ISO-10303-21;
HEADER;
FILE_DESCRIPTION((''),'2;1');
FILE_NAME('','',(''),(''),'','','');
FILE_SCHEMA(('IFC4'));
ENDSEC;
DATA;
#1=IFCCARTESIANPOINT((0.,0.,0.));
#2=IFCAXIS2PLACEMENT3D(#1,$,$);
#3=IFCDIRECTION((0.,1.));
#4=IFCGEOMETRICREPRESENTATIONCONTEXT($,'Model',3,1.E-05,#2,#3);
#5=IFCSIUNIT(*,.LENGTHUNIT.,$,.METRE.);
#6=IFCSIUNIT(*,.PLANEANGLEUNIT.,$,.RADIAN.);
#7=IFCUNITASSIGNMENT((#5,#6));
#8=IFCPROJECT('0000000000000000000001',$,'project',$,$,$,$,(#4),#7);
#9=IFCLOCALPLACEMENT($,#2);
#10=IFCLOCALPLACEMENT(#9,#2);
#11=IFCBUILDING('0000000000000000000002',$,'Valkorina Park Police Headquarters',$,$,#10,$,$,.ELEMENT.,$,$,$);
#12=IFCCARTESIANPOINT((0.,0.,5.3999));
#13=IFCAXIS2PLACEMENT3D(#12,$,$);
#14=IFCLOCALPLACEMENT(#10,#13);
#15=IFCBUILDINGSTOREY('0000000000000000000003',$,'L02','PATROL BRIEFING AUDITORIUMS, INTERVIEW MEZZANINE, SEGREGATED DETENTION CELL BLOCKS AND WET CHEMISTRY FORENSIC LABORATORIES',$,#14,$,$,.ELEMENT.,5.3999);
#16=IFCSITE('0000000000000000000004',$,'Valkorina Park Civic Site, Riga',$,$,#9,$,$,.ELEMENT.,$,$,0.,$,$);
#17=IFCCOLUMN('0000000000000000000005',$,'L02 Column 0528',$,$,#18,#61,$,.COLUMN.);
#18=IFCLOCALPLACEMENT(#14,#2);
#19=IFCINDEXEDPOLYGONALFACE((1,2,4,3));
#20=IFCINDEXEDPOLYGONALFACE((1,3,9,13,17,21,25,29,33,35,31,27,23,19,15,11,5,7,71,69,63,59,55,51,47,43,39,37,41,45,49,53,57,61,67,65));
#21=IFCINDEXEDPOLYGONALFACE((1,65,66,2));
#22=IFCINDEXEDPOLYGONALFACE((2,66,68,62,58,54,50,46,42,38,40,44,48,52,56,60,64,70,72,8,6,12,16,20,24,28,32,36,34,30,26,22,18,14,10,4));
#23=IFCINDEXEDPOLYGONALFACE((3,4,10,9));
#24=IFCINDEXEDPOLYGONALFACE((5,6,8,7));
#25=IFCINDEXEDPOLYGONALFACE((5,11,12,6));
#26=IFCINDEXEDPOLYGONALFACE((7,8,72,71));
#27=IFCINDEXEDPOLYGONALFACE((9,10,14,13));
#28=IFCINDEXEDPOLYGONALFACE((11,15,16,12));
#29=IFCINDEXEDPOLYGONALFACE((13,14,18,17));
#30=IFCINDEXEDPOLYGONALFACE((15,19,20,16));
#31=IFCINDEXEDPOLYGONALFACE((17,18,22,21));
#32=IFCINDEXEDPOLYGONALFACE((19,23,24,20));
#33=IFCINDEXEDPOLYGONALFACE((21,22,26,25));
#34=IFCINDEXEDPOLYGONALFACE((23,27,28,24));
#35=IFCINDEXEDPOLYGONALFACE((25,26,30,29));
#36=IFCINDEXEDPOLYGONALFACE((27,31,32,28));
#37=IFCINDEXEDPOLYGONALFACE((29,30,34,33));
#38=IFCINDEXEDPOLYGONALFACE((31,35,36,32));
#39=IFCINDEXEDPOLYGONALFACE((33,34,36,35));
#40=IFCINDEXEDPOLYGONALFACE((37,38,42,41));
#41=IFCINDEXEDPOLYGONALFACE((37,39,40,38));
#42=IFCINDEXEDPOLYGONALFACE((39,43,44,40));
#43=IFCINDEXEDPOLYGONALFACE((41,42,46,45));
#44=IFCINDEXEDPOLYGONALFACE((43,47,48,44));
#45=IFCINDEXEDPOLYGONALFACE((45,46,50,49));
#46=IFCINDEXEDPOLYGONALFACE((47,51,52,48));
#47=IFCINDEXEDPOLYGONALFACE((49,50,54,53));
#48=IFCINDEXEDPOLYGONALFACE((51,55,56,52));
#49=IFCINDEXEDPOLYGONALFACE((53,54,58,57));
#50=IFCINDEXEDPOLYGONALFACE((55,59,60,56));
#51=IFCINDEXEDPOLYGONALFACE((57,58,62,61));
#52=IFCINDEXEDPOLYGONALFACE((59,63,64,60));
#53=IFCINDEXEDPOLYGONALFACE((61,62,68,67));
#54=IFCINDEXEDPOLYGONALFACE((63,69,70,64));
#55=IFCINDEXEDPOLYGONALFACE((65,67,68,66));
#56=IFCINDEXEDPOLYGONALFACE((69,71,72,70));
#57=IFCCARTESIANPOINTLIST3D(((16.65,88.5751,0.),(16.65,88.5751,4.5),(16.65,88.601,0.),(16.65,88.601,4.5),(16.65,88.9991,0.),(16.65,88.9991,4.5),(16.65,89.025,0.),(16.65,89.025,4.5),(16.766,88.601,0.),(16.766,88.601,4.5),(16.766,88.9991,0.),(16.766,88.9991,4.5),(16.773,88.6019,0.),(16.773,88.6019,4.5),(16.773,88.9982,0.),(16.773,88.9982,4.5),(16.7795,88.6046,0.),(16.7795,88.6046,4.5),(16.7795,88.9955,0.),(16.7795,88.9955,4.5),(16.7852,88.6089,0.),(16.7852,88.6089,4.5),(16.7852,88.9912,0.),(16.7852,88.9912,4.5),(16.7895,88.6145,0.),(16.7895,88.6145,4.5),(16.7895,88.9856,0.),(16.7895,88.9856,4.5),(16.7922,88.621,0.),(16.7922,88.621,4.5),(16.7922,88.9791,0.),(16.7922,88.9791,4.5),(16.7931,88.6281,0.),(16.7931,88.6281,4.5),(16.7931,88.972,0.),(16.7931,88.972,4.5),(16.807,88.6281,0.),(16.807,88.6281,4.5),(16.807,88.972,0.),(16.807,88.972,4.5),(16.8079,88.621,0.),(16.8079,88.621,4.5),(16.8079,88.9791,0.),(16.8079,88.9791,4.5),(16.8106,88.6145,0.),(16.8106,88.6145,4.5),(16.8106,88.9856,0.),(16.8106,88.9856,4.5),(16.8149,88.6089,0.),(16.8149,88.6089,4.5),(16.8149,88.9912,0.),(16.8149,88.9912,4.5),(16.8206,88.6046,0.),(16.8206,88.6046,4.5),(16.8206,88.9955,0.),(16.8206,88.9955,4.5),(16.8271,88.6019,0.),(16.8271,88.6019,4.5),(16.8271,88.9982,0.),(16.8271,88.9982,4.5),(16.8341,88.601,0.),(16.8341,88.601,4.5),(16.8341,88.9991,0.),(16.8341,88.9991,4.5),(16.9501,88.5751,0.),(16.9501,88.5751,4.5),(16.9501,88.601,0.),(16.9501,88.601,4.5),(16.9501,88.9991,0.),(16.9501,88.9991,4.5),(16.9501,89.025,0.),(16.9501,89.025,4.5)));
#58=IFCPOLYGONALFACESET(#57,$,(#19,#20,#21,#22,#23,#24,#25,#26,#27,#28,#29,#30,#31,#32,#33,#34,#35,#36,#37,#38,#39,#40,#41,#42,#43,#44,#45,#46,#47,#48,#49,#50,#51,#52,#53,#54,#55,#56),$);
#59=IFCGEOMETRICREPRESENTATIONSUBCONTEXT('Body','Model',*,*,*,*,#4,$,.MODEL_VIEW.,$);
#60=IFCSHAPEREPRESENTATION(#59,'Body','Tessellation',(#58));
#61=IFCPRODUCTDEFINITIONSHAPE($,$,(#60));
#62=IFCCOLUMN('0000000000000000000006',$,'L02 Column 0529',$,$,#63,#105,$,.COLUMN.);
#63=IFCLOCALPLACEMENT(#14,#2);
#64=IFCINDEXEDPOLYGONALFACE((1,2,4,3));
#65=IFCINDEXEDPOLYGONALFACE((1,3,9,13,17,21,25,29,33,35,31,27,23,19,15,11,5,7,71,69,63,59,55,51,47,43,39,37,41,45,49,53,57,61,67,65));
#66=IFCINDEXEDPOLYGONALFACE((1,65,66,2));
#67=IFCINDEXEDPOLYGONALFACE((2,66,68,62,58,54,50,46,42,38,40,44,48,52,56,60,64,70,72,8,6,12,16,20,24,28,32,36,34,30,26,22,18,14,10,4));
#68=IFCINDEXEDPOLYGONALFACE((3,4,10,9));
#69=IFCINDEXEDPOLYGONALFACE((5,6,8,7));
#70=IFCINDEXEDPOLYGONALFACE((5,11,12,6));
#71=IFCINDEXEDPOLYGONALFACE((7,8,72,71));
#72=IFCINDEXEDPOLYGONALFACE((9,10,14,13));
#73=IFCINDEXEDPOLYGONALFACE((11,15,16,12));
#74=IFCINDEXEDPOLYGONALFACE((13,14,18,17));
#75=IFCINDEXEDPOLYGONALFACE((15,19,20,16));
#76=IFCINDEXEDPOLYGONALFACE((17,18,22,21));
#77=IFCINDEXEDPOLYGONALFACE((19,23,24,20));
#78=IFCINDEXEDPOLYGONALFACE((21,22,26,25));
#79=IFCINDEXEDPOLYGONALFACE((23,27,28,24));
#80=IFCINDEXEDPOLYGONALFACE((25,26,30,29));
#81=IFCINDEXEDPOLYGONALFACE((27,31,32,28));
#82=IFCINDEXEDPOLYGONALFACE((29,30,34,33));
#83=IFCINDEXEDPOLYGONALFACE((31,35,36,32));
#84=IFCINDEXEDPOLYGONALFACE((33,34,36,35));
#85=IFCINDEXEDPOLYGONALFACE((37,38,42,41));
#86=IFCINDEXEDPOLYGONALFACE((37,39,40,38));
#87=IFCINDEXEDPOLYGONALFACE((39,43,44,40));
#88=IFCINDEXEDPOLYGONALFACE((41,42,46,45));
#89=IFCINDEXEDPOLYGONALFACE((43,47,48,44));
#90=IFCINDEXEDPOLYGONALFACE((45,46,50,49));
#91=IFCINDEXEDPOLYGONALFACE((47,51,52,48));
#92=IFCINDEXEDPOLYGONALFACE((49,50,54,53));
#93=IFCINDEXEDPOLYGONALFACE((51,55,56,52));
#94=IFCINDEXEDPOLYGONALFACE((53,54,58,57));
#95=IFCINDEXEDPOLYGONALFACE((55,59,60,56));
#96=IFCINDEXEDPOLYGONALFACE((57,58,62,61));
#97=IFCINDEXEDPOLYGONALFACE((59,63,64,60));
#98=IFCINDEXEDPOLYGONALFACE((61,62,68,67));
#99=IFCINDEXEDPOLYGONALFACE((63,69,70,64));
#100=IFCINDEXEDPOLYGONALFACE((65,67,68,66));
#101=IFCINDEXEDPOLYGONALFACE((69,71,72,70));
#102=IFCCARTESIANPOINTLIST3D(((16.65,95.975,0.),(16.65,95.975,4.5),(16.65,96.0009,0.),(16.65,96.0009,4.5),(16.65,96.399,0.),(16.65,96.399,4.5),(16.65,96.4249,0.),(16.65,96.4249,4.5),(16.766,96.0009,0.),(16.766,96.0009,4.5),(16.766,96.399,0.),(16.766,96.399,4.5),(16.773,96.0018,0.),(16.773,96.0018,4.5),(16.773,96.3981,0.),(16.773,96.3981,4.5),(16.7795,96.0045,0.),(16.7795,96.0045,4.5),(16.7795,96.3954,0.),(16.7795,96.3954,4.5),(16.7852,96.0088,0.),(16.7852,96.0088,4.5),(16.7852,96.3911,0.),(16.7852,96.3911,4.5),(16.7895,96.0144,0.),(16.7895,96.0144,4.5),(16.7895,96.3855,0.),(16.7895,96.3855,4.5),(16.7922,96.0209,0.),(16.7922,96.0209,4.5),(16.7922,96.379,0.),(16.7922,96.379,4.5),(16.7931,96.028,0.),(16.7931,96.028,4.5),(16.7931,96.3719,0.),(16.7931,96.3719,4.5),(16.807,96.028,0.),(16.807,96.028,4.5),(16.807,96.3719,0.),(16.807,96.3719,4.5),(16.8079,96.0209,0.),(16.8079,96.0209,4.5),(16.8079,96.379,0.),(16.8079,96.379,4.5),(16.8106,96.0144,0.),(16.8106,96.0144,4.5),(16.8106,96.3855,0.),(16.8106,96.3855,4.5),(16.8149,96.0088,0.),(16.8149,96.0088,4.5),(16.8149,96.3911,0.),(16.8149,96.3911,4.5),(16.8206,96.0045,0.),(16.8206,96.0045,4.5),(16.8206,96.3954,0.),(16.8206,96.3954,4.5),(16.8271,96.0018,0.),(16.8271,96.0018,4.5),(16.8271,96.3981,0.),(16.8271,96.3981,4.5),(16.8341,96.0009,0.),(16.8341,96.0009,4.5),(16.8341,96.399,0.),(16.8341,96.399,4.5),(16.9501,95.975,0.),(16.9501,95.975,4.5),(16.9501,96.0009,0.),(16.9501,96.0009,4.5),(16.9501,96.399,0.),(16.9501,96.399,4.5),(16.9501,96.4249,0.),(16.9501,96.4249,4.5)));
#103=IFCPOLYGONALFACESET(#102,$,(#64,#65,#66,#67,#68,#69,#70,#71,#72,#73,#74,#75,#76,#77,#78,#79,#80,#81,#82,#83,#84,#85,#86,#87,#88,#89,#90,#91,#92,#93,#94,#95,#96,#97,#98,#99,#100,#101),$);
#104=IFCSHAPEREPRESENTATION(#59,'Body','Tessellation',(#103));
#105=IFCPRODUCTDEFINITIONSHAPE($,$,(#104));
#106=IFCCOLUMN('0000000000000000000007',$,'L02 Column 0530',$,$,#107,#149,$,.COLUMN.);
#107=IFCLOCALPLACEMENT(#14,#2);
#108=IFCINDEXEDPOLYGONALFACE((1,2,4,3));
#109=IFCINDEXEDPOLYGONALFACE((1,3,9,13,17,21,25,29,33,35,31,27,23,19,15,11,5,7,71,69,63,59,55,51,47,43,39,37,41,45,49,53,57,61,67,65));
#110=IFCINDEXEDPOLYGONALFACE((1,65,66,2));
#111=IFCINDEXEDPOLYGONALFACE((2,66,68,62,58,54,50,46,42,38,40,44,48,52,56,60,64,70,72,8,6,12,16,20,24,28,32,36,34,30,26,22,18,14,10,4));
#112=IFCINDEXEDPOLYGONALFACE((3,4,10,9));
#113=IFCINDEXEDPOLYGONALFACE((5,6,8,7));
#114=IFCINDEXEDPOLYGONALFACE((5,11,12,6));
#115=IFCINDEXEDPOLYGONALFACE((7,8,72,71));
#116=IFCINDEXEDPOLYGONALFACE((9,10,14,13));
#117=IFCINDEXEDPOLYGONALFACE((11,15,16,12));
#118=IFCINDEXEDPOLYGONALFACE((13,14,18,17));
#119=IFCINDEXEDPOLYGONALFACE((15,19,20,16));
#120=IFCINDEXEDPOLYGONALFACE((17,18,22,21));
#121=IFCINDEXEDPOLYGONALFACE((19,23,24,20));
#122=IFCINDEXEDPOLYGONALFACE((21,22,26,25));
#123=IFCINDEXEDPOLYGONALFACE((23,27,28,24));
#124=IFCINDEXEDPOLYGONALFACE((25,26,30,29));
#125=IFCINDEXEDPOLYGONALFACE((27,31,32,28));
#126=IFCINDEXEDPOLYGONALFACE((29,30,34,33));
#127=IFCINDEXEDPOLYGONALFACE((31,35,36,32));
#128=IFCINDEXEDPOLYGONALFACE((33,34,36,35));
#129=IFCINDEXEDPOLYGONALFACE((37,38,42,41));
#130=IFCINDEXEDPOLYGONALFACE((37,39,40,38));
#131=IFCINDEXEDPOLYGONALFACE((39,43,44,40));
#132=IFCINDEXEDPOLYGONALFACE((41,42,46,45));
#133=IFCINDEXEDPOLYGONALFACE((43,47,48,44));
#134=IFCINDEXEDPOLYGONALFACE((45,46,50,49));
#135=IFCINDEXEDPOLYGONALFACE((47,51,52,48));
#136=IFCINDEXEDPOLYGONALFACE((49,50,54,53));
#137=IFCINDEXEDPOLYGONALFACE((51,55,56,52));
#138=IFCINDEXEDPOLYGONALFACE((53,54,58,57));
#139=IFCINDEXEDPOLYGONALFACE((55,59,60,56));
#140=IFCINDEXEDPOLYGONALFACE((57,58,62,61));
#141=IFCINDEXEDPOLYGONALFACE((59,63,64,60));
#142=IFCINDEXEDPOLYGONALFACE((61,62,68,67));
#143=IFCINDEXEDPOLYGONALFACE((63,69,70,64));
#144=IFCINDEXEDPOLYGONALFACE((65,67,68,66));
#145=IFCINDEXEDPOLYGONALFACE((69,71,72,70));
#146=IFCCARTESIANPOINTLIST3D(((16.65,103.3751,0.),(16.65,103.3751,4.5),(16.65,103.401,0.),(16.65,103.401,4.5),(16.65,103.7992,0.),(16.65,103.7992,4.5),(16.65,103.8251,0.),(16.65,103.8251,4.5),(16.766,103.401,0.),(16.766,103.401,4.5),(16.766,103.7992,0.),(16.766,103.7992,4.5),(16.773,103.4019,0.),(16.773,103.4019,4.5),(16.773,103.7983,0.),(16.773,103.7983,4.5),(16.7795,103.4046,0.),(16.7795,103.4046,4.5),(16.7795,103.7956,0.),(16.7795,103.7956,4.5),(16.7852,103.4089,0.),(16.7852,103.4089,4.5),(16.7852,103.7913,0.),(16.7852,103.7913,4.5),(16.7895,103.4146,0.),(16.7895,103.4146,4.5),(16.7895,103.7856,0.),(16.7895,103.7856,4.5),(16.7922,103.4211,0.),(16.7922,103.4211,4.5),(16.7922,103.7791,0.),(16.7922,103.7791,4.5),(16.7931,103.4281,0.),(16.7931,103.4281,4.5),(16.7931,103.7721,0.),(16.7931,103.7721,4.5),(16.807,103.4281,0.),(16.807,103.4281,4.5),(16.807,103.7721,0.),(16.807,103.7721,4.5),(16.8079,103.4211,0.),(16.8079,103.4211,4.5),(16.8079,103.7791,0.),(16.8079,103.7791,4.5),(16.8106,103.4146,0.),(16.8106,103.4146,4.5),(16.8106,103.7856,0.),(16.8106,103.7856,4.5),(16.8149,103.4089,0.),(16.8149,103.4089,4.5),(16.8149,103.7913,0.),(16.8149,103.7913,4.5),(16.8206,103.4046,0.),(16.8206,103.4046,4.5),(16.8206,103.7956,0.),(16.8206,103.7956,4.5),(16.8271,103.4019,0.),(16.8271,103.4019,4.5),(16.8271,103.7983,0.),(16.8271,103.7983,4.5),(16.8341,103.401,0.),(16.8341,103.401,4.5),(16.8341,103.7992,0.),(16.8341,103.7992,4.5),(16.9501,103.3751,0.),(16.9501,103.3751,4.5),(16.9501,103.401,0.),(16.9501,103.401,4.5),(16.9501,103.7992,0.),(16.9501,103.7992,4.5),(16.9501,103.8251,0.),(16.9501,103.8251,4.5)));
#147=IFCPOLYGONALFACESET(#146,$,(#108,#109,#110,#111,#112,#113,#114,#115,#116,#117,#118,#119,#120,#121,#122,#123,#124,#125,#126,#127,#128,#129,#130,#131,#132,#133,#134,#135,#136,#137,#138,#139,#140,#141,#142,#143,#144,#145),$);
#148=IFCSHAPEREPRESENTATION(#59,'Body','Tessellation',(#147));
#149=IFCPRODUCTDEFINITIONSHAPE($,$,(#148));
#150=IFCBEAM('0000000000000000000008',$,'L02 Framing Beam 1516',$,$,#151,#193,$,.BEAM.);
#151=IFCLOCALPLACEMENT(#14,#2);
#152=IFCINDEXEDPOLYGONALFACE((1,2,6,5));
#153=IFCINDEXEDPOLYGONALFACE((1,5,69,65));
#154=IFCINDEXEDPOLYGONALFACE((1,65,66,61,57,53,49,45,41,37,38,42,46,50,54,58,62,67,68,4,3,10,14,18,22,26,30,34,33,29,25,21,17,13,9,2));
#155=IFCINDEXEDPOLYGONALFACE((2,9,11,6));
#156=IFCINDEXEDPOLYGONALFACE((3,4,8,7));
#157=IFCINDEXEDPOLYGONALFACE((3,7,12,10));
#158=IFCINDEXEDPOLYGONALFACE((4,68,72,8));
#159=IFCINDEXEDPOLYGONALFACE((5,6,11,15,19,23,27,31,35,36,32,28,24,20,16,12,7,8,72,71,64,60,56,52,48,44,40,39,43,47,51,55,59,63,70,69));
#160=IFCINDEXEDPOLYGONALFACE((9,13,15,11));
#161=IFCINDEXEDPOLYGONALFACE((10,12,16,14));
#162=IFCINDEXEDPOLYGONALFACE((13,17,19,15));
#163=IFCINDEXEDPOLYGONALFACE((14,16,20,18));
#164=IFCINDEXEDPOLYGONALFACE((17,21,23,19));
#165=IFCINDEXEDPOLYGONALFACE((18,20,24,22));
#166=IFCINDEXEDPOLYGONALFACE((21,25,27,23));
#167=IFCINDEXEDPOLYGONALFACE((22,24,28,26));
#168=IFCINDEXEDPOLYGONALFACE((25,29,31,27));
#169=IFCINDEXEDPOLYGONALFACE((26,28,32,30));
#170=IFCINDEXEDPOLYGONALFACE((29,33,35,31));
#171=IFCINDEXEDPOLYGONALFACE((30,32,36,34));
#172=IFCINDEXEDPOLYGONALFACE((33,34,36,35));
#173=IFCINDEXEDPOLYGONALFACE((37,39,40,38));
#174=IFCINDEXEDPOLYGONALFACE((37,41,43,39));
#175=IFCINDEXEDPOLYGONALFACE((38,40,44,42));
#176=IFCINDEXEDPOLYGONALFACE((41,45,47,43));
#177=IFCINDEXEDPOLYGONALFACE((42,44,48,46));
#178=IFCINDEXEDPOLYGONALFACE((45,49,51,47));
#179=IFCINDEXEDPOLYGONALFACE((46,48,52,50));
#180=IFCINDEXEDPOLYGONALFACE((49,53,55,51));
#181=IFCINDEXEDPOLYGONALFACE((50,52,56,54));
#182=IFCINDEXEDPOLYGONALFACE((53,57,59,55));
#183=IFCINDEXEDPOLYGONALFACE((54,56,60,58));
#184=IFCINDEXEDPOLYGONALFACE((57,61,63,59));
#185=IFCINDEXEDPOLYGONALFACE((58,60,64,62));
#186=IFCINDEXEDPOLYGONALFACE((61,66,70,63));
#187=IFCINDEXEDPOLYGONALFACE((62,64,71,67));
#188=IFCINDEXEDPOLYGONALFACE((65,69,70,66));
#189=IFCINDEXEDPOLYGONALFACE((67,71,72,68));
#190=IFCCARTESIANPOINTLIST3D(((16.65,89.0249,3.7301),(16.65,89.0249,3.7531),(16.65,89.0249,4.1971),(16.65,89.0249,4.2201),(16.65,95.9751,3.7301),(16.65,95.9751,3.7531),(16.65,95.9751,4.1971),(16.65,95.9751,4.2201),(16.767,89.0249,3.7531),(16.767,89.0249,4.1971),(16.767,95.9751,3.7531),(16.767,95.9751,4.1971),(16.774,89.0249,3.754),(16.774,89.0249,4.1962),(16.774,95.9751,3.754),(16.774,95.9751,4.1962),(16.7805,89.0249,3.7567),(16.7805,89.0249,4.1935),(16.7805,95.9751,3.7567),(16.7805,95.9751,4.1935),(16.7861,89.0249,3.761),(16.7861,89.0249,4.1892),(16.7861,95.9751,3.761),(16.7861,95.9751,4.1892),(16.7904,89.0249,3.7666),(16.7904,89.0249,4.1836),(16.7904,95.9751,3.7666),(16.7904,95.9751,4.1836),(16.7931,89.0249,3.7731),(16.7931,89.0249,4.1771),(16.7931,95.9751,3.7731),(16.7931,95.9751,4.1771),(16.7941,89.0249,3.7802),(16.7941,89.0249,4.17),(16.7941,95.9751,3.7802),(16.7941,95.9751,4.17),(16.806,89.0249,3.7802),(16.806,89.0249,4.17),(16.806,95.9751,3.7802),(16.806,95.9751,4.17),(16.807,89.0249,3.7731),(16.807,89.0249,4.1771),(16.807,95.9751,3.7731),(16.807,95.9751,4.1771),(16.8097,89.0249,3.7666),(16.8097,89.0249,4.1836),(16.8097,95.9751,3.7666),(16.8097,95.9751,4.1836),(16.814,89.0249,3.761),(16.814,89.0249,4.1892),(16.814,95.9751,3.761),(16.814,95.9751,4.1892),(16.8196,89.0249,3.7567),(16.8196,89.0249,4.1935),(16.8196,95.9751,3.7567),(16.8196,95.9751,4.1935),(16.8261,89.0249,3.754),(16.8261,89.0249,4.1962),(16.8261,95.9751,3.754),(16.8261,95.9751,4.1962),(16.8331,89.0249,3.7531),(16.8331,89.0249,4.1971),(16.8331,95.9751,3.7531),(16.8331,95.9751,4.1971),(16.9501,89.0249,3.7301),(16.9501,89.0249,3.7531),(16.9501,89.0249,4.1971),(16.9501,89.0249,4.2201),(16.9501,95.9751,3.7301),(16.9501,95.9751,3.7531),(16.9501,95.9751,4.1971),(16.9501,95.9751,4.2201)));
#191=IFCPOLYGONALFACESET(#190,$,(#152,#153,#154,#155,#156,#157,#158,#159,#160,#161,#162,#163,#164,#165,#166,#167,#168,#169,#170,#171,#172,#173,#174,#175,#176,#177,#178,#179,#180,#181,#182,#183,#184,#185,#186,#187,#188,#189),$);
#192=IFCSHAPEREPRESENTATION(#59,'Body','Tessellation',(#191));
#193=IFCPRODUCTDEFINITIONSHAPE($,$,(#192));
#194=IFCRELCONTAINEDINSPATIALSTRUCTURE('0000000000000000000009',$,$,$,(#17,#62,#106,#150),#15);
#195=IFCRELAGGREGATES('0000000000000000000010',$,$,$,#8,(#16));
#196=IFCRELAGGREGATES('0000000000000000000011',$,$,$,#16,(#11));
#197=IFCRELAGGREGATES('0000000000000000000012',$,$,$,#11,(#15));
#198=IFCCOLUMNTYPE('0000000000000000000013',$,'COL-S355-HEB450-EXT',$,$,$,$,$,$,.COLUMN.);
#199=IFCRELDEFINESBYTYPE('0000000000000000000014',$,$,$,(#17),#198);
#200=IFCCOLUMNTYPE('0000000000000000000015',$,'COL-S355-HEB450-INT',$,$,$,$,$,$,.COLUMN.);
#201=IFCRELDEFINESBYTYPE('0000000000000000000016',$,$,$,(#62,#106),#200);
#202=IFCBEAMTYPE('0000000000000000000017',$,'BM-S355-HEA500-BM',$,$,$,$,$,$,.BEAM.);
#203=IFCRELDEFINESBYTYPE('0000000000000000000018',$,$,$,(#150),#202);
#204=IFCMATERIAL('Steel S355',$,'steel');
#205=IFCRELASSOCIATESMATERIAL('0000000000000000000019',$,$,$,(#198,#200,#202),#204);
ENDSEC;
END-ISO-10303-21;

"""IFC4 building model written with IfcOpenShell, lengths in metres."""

from ifc_helpers import new_model, si_unit, direction, frame, origin, origin_2d, place, context, subcontext, project, spatial, i_section, extrude, material, material_profile, profile_set, type_object, element, save


model = new_model("IFC4")

# Units and contexts
model_context = context("Model", 3, precision=1e-05, world=origin(), true_north=direction((0.0, 1.0)))
body_context = subcontext(model_context, "Body", "Model", "MODEL_VIEW")
ifc_project = project(units=[si_unit("LENGTHUNIT", "METRE"), si_unit("PLANEANGLEUNIT", "RADIAN")], contexts=[model_context])

# Site, building, storey
site_placement = place(None, origin())
site = spatial("IfcSite", under=ifc_project, at=site_placement, Name="Valkorina Park Civic Site, Riga", CompositionType="ELEMENT", RefElevation=0.0)
building_placement = place(site_placement, origin())
building = spatial("IfcBuilding", under=site, at=building_placement, Name="Valkorina Park Police Headquarters", CompositionType="ELEMENT")
storey_placement = place(building_placement, frame((0.0, 0.0, 5.3999)))
storey = spatial("IfcBuildingStorey", under=building, at=storey_placement, Name="L02", Description="PATROL BRIEFING AUDITORIUMS, INTERVIEW MEZZANINE, SEGREGATED DETENTION CELL BLOCKS AND WET CHEMISTRY FORENSIC LABORATORIES", CompositionType="ELEMENT", Elevation=5.3999)

# Columns
ifc_material_1 = material(Name="Steel S355", Category="steel")
ifc_material_profile_1 = material_profile(ifc_material_1, i_section(OverallWidth=0.3, OverallDepth=0.45, WebThickness=0.0139, FlangeThickness=0.0259, FilletRadius=0.0271, at=origin_2d()), Name="HEB 450")
ifc_profile_set_1 = profile_set([ifc_material_profile_1], Name="Steel S355")
column_type_1 = type_object("IfcColumnType", Name="COL-S355-HEB450-EXT", PredefinedType="COLUMN", material=ifc_profile_set_1)
column_placement = place(storey_placement, frame((16.8, 88.8, 0.0), z_axis=(0.0, 0.0, 1.0), x_axis=(1.0, 0.0, 0.0)))
element("IfcColumn", 1, at=column_placement, inside=storey, type_object=column_type_1, Name="L02 Column 0528", PredefinedType="COLUMN", context=body_context, shape_type="SweptSolid", body=[
    extrude(i_section(OverallWidth=0.3, OverallDepth=0.45, WebThickness=0.0139, FlangeThickness=0.0259, FilletRadius=0.0271, at=origin_2d()), origin(), (0.0, 0.0, 1.0), 4.5),
])
ifc_material_profile_2 = material_profile(ifc_material_1, i_section(OverallWidth=0.3, OverallDepth=0.45, WebThickness=0.0139, FlangeThickness=0.0259, FilletRadius=0.0271, at=origin_2d()), Name="HEB 450")
ifc_profile_set_2 = profile_set([ifc_material_profile_2], Name="Steel S355")
column_type_2 = type_object("IfcColumnType", Name="COL-S355-HEB450-INT", PredefinedType="COLUMN", material=ifc_profile_set_2)
for number, where, z_axis, x_axis, name in (
    (2, (16.8, 96.2, 0.0), (0.0, 0.0, 1.0), (1.0, 0.0, 0.0), "L02 Column 0529"),
    (3, (16.8, 103.6001, 0.0), (0.0, 0.0, 1.0), (1.0, 0.0, 0.0), "L02 Column 0530"),
):
    element("IfcColumn", number, at=place(storey_placement, frame(where, z_axis=z_axis, x_axis=x_axis)), inside=storey, type_object=column_type_2, Name=name, PredefinedType="COLUMN", context=body_context, shape_type="SweptSolid", body=[
        extrude(i_section(OverallWidth=0.3, OverallDepth=0.45, WebThickness=0.0139, FlangeThickness=0.0259, FilletRadius=0.0271, at=origin_2d()), origin(), (0.0, 0.0, 1.0), 4.5),
    ])

# Beam
ifc_material_profile_3 = material_profile(ifc_material_1, i_section(OverallWidth=0.3, OverallDepth=0.49, WebThickness=0.012, FlangeThickness=0.0229, FilletRadius=0.0271, at=origin_2d()), Name="HEA 500")
ifc_profile_set_3 = profile_set([ifc_material_profile_3], Name="Steel S355")
beam_type_1 = type_object("IfcBeamType", Name="BM-S355-HEA500-BM", PredefinedType="BEAM", material=ifc_profile_set_3)
beam_1_placement = place(storey_placement, frame((16.8, 89.0249, 3.9751), z_axis=(0.0, 1.0, 0.0), x_axis=(-1.0, 0.0, 0.0)))
element("IfcBeam", 4, at=beam_1_placement, inside=storey, type_object=beam_type_1, Name="L02 Framing Beam 1516", PredefinedType="BEAM", context=body_context, shape_type="SweptSolid", body=[
    extrude(i_section(OverallWidth=0.3, OverallDepth=0.49, WebThickness=0.012, FlangeThickness=0.0229, FilletRadius=0.0271, at=origin_2d()), origin(), (0.0, 0.0, 1.0), 6.9502),
])

save(model, "model.ifc")
